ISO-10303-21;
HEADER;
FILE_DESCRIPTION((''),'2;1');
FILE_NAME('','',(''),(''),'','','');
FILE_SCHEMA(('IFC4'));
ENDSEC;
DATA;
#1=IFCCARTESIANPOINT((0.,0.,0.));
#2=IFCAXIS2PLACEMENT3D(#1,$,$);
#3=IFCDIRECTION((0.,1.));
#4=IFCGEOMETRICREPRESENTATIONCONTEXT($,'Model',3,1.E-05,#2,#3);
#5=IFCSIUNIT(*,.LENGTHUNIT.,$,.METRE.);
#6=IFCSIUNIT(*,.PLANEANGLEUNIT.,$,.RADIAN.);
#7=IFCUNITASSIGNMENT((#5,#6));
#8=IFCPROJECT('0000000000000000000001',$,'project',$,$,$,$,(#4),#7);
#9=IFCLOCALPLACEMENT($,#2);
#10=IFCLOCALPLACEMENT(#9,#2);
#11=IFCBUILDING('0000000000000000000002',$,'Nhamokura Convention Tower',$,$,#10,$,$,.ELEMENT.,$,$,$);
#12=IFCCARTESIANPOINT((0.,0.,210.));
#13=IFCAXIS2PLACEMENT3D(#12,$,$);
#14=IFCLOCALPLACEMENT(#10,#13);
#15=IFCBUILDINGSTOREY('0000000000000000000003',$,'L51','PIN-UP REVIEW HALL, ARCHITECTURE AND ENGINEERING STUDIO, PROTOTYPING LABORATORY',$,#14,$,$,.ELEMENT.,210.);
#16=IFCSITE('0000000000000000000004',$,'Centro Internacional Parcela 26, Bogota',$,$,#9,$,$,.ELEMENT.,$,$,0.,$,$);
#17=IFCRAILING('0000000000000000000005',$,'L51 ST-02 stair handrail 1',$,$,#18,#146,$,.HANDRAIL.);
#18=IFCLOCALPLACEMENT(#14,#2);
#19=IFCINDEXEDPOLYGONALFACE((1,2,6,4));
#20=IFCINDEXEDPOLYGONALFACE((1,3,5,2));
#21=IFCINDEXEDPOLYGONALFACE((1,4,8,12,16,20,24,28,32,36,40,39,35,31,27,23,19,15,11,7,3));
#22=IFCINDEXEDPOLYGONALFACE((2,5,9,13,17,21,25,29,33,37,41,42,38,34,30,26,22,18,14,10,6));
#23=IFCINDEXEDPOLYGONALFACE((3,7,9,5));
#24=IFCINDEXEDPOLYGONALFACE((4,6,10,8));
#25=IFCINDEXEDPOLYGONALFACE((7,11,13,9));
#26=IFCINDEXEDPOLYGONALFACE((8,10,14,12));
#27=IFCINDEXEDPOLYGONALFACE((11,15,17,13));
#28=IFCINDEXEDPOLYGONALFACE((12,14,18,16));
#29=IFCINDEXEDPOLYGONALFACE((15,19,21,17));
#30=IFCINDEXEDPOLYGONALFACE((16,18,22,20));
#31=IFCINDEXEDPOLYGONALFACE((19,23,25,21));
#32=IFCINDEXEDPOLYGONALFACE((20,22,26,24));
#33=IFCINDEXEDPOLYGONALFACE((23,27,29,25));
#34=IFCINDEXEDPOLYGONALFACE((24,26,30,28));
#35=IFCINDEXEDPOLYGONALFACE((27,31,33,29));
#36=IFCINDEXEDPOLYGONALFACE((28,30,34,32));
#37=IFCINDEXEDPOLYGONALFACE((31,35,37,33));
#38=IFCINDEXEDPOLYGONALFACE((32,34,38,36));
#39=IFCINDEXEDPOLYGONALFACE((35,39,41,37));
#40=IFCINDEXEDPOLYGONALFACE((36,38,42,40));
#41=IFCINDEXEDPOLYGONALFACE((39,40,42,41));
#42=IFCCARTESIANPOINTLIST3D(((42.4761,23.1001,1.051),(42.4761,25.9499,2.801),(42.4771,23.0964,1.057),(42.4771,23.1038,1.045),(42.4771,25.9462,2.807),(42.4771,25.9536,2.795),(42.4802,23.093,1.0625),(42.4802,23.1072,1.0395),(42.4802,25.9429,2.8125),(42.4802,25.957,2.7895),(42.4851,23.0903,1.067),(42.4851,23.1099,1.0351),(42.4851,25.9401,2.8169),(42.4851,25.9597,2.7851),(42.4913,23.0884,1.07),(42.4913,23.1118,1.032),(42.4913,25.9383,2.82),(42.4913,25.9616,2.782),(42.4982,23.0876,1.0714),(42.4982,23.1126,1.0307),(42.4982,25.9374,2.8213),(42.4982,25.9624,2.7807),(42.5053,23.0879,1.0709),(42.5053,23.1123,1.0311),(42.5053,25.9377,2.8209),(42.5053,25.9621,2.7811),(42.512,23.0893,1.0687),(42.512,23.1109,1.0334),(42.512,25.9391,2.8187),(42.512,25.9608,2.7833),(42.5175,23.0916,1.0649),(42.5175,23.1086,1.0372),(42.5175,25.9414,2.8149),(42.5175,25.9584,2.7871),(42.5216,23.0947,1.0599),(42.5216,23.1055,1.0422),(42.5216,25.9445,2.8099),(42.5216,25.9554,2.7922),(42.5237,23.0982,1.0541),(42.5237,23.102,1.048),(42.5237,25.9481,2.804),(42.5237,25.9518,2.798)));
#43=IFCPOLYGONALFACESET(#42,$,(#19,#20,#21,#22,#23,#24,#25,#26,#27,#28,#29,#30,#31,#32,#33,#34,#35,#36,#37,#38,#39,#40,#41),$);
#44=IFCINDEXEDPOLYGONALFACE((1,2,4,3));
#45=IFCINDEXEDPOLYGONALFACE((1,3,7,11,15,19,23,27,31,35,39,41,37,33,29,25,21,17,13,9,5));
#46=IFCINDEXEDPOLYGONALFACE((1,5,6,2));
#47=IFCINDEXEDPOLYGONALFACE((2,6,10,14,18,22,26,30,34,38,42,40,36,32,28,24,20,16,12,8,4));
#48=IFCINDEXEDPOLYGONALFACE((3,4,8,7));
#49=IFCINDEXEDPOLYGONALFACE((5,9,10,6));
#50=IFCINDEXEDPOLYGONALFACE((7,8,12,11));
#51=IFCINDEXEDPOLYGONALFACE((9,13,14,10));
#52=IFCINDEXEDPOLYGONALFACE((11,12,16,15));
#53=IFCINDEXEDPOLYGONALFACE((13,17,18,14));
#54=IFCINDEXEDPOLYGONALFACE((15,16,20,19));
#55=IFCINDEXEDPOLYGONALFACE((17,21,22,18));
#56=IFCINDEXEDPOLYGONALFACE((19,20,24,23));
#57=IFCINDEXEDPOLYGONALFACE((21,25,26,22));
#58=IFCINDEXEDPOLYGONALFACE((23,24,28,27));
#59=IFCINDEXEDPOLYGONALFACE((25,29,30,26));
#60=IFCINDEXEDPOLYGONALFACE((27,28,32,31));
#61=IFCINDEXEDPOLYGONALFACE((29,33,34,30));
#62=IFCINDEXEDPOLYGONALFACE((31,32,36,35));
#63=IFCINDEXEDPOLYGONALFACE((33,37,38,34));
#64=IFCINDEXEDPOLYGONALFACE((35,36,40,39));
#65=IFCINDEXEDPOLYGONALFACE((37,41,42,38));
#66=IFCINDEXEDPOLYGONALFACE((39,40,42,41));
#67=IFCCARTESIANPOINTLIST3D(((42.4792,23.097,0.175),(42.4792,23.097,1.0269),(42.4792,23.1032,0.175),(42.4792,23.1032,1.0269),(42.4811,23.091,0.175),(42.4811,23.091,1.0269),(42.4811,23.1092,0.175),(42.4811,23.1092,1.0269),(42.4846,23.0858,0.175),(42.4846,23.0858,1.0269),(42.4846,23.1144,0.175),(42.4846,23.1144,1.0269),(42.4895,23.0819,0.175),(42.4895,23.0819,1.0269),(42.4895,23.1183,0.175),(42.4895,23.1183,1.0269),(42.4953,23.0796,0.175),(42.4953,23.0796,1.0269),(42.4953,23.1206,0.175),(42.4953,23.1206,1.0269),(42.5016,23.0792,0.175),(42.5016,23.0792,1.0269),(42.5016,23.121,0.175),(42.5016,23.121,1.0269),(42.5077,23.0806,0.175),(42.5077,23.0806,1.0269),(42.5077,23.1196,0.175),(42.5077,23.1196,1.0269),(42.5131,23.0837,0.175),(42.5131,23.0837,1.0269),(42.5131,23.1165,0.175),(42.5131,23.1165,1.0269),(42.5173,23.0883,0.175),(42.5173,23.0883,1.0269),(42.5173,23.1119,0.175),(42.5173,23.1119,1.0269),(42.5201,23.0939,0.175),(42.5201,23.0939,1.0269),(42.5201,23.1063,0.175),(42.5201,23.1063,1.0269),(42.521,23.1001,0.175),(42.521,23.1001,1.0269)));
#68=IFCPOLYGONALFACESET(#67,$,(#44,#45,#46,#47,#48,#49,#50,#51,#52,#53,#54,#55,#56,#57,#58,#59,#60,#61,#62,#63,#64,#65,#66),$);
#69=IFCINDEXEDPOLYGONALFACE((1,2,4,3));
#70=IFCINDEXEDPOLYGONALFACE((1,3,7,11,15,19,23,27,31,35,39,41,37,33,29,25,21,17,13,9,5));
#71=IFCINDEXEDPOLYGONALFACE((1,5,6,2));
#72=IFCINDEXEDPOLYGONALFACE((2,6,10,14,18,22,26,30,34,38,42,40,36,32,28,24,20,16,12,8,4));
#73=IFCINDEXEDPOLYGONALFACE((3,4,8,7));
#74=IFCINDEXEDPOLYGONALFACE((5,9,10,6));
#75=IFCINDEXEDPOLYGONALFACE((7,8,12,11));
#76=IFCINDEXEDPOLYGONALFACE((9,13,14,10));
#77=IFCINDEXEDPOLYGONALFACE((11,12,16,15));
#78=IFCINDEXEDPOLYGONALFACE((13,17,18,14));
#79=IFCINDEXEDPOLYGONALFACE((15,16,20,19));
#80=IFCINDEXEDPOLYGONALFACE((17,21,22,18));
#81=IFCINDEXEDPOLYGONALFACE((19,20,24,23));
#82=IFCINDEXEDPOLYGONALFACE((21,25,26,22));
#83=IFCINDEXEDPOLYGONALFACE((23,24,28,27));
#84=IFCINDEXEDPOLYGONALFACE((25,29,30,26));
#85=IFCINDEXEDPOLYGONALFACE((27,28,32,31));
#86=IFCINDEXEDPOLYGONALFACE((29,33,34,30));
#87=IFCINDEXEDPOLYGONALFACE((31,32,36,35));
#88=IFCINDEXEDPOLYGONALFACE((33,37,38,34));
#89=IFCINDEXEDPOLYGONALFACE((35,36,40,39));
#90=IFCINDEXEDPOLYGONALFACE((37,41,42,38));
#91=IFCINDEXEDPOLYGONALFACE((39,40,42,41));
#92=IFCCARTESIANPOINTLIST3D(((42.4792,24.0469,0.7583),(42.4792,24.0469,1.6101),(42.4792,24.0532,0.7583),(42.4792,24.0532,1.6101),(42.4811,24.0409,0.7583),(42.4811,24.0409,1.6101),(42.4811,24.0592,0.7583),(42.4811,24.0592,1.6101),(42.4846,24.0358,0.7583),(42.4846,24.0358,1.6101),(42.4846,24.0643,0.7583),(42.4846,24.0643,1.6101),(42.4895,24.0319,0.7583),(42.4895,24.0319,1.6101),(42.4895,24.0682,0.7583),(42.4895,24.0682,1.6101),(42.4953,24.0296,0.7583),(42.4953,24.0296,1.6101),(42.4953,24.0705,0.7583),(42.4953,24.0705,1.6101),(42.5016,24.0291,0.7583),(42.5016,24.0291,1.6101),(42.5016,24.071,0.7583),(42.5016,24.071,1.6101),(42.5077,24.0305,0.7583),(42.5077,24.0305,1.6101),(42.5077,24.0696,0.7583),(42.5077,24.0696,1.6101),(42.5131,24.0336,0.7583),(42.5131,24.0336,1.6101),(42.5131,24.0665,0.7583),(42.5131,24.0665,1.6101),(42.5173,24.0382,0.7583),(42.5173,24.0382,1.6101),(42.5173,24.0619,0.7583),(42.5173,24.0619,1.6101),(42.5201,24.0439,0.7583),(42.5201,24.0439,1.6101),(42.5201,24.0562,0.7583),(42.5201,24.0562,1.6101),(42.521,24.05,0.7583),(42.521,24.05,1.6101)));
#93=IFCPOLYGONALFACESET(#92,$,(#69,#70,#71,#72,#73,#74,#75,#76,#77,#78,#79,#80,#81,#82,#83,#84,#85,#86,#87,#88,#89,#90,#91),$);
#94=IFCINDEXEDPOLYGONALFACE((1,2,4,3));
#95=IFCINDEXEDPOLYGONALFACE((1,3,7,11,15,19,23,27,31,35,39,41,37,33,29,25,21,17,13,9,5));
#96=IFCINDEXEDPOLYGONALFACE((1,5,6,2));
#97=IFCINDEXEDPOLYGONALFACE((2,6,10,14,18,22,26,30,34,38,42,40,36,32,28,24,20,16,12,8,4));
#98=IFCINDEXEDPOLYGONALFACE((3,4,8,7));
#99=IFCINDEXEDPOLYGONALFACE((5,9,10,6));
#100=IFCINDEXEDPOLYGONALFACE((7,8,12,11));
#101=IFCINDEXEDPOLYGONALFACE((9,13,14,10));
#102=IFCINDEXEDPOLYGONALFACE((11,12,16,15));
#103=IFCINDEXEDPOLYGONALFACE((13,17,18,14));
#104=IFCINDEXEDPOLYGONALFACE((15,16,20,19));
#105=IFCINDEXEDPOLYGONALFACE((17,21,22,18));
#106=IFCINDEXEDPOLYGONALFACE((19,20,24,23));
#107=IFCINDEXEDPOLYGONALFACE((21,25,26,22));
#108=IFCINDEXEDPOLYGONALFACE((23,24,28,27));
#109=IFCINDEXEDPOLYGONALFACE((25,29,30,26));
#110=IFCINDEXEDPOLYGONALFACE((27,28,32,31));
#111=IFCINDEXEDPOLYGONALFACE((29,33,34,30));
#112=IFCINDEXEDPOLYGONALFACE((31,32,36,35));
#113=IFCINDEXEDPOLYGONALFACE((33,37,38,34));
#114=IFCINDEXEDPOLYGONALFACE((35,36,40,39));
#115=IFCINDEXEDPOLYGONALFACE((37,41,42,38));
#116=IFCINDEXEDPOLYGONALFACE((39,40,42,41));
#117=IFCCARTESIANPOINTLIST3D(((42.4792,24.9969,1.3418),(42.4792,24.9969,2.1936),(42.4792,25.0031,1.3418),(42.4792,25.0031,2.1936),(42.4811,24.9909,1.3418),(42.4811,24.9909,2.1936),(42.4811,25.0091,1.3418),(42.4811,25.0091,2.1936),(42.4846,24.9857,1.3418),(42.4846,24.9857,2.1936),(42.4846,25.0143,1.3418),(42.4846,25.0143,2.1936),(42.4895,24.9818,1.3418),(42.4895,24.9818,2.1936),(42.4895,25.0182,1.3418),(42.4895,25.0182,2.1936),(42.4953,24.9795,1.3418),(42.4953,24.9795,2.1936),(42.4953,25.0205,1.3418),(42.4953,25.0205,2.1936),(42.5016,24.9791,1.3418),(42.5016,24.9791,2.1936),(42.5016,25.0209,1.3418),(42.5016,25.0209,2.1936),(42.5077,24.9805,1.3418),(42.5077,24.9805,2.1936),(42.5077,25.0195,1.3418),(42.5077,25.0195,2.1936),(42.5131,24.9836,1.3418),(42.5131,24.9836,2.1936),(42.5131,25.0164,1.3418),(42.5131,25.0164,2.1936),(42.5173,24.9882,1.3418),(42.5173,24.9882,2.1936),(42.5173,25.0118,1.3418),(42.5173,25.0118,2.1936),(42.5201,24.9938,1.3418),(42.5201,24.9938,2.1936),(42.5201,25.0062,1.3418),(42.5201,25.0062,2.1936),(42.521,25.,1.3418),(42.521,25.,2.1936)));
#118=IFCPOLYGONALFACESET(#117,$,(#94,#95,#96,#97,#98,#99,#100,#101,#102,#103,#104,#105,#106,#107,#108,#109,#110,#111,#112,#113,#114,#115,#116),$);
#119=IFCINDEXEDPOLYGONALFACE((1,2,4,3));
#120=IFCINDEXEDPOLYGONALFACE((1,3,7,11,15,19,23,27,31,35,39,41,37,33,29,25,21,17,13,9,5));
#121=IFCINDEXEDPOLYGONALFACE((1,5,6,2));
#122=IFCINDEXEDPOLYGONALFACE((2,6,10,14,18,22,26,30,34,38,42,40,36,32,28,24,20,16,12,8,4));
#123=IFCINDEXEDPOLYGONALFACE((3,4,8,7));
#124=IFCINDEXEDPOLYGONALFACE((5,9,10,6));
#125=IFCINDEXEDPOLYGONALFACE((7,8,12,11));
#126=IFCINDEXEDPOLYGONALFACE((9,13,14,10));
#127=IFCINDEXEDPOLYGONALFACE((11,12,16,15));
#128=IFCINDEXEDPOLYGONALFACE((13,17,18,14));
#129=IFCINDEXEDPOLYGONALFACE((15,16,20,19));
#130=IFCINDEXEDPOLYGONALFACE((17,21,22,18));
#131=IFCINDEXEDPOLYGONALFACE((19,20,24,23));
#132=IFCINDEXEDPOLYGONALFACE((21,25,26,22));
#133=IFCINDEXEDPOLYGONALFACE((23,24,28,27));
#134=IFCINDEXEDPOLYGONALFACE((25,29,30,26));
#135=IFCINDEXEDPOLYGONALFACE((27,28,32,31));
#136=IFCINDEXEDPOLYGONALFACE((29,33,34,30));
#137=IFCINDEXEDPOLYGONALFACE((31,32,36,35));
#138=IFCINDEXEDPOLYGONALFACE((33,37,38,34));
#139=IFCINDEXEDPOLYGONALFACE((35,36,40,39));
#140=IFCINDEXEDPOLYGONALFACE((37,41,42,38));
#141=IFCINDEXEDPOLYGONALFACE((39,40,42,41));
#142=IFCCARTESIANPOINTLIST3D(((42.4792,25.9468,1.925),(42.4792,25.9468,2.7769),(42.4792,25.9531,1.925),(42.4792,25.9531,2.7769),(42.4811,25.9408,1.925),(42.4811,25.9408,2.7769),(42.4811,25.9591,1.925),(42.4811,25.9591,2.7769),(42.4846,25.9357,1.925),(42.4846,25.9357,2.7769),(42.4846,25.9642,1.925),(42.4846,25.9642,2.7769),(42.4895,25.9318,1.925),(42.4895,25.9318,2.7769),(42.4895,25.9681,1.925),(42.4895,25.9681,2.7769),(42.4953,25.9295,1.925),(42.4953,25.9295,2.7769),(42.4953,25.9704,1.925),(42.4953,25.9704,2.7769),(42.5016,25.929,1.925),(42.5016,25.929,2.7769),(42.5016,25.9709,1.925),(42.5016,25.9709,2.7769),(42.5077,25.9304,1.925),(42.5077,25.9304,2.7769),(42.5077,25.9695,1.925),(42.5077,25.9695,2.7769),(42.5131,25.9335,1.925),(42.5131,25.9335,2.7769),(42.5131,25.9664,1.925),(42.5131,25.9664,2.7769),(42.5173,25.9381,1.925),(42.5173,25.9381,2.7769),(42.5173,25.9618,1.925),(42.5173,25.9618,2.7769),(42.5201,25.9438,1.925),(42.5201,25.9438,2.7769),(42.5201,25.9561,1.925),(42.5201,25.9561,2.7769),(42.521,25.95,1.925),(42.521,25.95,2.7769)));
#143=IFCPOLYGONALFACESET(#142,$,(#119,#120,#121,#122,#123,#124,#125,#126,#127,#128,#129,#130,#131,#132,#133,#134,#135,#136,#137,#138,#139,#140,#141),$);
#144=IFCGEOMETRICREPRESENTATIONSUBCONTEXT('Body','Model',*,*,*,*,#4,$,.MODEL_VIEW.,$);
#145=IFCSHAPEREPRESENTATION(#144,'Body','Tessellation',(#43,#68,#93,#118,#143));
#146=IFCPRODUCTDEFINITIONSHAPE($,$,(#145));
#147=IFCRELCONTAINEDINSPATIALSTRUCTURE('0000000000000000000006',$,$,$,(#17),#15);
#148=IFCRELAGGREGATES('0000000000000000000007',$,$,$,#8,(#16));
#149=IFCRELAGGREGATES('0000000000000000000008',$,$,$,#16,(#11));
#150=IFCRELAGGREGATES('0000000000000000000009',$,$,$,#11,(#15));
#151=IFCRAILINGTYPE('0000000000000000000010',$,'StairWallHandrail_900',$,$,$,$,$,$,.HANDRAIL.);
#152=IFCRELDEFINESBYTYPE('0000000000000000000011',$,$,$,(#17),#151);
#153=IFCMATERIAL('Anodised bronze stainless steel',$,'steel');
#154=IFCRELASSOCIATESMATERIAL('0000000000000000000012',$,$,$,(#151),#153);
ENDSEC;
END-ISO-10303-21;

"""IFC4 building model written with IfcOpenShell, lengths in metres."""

from ifc_helpers import new_model, si_unit, direction, frame, origin, origin_2d, place, context, subcontext, project, spatial, circle, extrude, material, type_object, element, save


model = new_model("IFC4")

# Units and contexts
model_context = context("Model", 3, precision=1e-05, world=origin(), true_north=direction((0.0, 1.0)))
body_context = subcontext(model_context, "Body", "Model", "MODEL_VIEW")
ifc_project = project(units=[si_unit("LENGTHUNIT", "METRE"), si_unit("PLANEANGLEUNIT", "RADIAN")], contexts=[model_context])

# Site, building, storey
site_placement = place(None, origin())
site = spatial("IfcSite", under=ifc_project, at=site_placement, Name="Centro Internacional Parcela 26, Bogota", CompositionType="ELEMENT", RefElevation=0.0)
building_placement = place(site_placement, origin())
building = spatial("IfcBuilding", under=site, at=building_placement, Name="Nhamokura Convention Tower", CompositionType="ELEMENT")
storey_placement = place(building_placement, frame((0.0, 0.0, 210.0)))
storey = spatial("IfcBuildingStorey", under=building, at=storey_placement, Name="L51", Description="PIN-UP REVIEW HALL, ARCHITECTURE AND ENGINEERING STUDIO, PROTOTYPING LABORATORY", CompositionType="ELEMENT", Elevation=210.0)

# Railing
ifc_material_1 = material(Name="Anodised bronze stainless steel", Category="steel")
railing_type = type_object("IfcRailingType", Name="StairWallHandrail_900", PredefinedType="HANDRAIL", material=ifc_material_1)
railing_placement = place(storey_placement, frame((42.5, 23.1001, 0.175)))
element("IfcRailing", 1, at=railing_placement, inside=storey, type_object=railing_type, Name="L51 ST-02 stair handrail 1", PredefinedType="HANDRAIL", context=body_context, shape_type="SweptSolid", body=[
    extrude(circle(Radius=0.0239, at=origin_2d()), frame((0.0, 0.0, 0.876), z_axis=(0.0, 0.852159, 0.523283), x_axis=(-1.0, 0.0, 0.0)), (0.0, 0.0, 1.0), 3.3442),
    extrude(circle(Radius=0.021, at=origin_2d()), origin(), (0.0, 0.0, 1.0), 0.8518),
    extrude(circle(Radius=0.021, at=origin_2d()), frame((0.0, 0.95, 0.5833)), (0.0, 0.0, 1.0), 0.8518),
    extrude(circle(Radius=0.021, at=origin_2d()), frame((0.0, 1.8999, 1.1667)), (0.0, 0.0, 1.0), 0.8518),
    extrude(circle(Radius=0.021, at=origin_2d()), frame((0.0, 2.8499, 1.75)), (0.0, 0.0, 1.0), 0.8518),
])

save(model, "model.ifc")
